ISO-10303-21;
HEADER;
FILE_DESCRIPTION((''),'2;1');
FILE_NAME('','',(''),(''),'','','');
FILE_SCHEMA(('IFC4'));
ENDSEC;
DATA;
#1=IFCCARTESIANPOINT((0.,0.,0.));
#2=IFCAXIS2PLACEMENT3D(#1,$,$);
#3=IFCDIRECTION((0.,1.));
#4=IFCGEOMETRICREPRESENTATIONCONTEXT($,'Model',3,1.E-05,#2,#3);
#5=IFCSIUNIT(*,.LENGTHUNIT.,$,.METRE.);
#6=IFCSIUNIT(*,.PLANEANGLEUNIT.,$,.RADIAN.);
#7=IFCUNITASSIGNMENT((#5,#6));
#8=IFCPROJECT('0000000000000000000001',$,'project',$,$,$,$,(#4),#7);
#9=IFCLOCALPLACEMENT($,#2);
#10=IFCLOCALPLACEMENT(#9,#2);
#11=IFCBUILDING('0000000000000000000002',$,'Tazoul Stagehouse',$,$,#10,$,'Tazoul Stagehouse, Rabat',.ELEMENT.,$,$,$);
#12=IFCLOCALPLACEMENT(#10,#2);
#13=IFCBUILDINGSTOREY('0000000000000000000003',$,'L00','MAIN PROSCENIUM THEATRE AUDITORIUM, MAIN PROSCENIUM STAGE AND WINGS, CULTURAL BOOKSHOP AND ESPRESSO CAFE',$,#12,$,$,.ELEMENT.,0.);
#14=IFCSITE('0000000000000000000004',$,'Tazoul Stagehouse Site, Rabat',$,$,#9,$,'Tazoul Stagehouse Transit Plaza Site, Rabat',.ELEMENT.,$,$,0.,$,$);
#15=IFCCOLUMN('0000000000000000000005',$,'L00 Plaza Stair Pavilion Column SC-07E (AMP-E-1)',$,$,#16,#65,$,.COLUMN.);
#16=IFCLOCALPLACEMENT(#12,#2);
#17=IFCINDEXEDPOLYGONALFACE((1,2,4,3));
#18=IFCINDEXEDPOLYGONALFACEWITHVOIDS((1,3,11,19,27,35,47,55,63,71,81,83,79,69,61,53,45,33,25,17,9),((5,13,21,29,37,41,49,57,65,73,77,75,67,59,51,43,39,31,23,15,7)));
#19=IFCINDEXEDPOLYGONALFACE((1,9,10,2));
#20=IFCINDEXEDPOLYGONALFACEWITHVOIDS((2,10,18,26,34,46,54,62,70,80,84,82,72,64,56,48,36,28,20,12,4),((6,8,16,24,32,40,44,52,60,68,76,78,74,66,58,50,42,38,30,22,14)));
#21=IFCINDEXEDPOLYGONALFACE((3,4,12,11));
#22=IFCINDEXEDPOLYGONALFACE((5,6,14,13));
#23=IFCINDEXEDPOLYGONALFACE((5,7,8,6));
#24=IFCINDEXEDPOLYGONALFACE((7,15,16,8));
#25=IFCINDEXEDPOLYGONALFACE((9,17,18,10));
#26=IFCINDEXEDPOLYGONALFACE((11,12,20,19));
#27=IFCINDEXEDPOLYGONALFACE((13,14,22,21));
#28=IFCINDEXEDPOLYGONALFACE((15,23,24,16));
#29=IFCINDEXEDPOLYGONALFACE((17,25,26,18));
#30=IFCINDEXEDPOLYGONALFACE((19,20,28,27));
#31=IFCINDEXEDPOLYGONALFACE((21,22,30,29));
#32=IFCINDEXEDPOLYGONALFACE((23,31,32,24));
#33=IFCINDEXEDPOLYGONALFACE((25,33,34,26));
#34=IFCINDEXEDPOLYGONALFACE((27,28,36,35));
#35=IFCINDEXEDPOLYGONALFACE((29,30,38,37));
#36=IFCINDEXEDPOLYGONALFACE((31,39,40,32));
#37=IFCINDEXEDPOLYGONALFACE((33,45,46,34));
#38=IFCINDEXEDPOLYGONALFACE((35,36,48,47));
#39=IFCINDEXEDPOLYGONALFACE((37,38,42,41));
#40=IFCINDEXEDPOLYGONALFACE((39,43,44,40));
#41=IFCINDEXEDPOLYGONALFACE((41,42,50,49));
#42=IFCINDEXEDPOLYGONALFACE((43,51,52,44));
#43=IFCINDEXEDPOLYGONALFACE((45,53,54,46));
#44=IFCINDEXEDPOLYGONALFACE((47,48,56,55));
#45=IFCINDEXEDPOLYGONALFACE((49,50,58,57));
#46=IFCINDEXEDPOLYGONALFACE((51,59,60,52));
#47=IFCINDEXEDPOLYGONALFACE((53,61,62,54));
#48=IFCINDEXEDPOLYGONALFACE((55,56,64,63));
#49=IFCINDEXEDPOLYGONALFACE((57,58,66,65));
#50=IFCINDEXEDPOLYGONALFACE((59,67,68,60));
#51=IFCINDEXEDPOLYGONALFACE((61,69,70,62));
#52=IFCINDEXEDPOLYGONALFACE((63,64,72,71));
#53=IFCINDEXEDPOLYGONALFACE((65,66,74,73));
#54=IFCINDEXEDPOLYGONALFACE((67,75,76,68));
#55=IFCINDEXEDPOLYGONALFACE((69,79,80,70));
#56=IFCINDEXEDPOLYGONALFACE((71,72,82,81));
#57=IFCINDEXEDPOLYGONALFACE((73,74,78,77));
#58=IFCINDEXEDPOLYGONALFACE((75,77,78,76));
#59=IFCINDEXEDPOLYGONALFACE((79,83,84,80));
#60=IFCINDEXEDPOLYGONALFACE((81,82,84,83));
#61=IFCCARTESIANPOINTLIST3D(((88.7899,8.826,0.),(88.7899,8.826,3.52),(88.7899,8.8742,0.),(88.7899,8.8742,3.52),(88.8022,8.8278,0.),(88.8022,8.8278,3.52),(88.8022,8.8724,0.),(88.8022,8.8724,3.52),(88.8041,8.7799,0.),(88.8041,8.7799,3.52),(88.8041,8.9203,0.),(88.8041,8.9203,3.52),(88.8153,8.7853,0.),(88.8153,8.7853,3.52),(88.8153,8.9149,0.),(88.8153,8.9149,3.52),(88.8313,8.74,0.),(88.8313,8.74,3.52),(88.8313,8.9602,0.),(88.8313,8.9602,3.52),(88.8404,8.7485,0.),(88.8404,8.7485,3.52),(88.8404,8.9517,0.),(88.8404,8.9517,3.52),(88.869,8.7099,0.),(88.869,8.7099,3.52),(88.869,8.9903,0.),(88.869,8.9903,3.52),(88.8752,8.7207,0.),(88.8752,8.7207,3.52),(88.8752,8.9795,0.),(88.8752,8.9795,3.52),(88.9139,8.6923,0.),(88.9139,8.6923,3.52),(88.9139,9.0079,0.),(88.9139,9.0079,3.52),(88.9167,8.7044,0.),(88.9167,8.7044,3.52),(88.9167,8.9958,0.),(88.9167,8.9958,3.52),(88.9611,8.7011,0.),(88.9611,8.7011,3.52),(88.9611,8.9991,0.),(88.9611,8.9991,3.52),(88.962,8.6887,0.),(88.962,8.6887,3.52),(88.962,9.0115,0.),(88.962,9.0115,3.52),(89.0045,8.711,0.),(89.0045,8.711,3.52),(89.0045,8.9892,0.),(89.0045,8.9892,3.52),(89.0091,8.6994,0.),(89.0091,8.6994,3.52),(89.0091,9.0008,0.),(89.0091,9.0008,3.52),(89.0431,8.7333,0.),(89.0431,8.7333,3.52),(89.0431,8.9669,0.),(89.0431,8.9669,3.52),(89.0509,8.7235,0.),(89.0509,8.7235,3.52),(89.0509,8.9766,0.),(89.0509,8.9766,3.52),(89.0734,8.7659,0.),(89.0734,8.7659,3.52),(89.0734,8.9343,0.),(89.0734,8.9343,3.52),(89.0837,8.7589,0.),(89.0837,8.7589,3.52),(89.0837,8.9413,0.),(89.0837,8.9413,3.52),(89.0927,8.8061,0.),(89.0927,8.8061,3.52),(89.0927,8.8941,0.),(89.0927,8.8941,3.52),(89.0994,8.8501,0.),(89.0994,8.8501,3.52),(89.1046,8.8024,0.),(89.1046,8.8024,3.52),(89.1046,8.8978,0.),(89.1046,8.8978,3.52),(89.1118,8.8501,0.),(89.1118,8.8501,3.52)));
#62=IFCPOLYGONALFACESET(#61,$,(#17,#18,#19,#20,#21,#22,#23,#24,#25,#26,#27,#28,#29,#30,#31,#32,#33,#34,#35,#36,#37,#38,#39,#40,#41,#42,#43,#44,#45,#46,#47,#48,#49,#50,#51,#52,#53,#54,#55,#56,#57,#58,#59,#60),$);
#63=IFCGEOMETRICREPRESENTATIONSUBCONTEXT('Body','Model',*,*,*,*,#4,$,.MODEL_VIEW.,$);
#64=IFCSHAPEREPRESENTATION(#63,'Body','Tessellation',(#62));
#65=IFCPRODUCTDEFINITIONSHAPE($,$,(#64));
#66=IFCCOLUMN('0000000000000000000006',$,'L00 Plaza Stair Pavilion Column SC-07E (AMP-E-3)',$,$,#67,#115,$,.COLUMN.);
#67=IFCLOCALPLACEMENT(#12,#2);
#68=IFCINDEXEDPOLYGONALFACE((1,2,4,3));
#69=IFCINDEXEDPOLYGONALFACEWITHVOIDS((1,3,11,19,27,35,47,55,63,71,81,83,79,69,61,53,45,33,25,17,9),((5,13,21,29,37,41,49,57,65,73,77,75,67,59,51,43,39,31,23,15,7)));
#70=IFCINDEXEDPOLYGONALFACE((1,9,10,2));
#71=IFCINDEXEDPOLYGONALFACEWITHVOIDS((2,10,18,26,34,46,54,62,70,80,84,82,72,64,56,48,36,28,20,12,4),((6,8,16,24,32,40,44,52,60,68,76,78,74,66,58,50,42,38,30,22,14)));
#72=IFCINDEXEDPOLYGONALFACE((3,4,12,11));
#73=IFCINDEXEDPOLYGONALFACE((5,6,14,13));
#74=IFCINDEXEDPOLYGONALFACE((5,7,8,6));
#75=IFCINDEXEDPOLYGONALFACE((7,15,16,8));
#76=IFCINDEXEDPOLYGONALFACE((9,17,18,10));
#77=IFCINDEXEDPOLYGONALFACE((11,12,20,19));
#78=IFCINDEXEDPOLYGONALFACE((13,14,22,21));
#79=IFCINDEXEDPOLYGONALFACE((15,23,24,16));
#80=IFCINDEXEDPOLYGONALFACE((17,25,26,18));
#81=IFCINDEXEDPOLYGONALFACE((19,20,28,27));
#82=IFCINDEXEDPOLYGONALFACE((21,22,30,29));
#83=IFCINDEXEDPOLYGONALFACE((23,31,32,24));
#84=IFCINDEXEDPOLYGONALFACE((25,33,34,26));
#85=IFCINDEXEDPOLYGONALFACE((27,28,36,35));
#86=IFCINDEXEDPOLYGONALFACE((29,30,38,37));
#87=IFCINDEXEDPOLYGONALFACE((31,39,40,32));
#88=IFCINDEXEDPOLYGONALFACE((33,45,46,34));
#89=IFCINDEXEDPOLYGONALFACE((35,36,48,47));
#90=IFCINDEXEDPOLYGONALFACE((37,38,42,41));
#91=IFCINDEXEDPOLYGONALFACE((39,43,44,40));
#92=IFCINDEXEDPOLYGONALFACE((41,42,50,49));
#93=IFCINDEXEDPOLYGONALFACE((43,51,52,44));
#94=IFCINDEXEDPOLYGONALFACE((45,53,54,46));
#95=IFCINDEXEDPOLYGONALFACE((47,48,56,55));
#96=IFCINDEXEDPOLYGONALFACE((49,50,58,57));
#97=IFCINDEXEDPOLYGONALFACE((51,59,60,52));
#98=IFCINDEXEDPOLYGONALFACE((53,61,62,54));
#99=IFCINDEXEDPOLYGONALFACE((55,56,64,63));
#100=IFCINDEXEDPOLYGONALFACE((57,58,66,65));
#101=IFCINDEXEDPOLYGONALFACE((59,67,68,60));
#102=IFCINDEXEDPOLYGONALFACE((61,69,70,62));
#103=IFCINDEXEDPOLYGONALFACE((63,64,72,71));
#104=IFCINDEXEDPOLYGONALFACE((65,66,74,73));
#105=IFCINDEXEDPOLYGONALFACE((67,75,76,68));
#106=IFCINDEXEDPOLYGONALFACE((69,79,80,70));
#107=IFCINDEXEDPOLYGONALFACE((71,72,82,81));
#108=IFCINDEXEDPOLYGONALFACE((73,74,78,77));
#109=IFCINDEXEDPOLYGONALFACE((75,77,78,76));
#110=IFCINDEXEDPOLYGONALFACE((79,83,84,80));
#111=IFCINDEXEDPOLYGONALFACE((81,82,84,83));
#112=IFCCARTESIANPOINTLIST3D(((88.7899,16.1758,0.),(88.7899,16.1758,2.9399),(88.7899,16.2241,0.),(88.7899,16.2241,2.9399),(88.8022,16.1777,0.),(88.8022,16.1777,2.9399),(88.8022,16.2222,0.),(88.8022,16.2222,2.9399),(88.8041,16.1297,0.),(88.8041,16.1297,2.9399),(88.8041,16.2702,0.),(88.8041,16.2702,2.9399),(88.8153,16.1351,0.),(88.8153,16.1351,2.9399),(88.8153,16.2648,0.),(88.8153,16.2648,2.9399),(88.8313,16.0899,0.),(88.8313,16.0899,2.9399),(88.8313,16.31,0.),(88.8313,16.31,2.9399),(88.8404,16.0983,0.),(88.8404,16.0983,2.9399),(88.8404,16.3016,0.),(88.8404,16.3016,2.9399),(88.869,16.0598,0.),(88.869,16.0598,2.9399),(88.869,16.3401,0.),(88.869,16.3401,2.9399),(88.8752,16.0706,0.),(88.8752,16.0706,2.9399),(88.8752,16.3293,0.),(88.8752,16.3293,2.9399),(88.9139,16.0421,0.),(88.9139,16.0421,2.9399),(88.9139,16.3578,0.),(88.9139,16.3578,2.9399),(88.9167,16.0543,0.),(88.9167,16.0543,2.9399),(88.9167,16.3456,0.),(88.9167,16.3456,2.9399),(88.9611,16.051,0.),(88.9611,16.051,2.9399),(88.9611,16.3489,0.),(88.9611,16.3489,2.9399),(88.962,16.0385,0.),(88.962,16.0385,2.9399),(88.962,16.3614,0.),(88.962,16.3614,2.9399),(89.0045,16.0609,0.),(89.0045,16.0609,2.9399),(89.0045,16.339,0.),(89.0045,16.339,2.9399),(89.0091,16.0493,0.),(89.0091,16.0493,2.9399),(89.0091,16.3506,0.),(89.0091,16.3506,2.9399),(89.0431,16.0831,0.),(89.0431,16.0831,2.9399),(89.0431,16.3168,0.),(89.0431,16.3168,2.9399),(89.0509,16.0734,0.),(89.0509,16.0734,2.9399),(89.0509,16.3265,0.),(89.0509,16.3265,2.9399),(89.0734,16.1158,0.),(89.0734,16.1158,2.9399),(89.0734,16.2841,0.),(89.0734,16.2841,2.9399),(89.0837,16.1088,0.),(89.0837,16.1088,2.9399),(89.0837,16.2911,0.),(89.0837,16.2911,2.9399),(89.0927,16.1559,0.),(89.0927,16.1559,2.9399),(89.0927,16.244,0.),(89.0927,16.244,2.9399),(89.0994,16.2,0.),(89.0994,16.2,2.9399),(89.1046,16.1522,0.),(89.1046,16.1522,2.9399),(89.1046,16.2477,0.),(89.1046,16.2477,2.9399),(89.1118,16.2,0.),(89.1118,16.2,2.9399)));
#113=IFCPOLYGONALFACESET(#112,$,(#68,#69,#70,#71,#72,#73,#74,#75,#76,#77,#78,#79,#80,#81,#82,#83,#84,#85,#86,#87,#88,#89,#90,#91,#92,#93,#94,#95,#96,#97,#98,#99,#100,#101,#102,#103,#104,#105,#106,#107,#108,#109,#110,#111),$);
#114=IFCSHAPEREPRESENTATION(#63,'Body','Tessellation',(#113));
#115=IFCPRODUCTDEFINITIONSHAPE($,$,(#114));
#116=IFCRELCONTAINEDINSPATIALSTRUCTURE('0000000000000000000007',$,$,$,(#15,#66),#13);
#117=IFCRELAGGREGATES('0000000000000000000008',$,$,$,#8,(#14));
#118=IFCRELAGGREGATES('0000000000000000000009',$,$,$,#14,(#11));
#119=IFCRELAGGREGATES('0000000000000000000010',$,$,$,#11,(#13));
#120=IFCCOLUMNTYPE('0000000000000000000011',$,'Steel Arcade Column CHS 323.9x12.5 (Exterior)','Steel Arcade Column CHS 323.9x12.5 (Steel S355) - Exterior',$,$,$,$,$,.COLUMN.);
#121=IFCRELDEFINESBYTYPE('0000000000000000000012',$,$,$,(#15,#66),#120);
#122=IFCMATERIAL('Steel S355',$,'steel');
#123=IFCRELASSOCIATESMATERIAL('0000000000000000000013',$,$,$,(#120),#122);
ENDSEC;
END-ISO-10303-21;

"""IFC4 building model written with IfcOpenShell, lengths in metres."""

from ifc_helpers import new_model, si_unit, direction, frame, origin, origin_2d, place, context, subcontext, project, spatial, hollow_circle, extrude, material, material_profile, profile_set, type_object, element, save


model = new_model("IFC4")

# Units and contexts
model_context = context("Model", 3, precision=1e-05, world=origin(), true_north=direction((0.0, 1.0)))
body_context = subcontext(model_context, "Body", "Model", "MODEL_VIEW")
ifc_project = project(units=[si_unit("LENGTHUNIT", "METRE"), si_unit("PLANEANGLEUNIT", "RADIAN")], contexts=[model_context])

# Site, building, storey
site_placement = place(None, origin())
site = spatial("IfcSite", under=ifc_project, at=site_placement, Name="Tazoul Stagehouse Site, Rabat", LongName="Tazoul Stagehouse Transit Plaza Site, Rabat", CompositionType="ELEMENT", RefElevation=0.0)
building_placement = place(site_placement, origin())
building = spatial("IfcBuilding", under=site, at=building_placement, Name="Tazoul Stagehouse", LongName="Tazoul Stagehouse, Rabat", CompositionType="ELEMENT")
storey_placement = place(building_placement, origin())
storey = spatial("IfcBuildingStorey", under=building, at=storey_placement, Name="L00", Description="MAIN PROSCENIUM THEATRE AUDITORIUM, MAIN PROSCENIUM STAGE AND WINGS, CULTURAL BOOKSHOP AND ESPRESSO CAFE", CompositionType="ELEMENT", Elevation=0.0)

# Columns
ifc_material_1 = material(Name="Steel S355", Category="steel")
ifc_material_profile_1 = material_profile(ifc_material_1, hollow_circle(Radius=0.1619, WallThickness=0.0125, at=origin_2d()), Name="CHS 323.9x12.5")
ifc_profile_set_1 = profile_set([ifc_material_profile_1], Name="Steel S355")
column_type = type_object("IfcColumnType", Name="Steel Arcade Column CHS 323.9x12.5 (Exterior)", Description="Steel Arcade Column CHS 323.9x12.5 (Steel S355) - Exterior", PredefinedType="COLUMN", material=ifc_profile_set_1)
column_1_placement = place(storey_placement, frame((88.95, 8.8501, 0.0), z_axis=(0.0, 0.0, 1.0), x_axis=(1.0, 0.0, 0.0)))
element("IfcColumn", 1, at=column_1_placement, inside=storey, type_object=column_type, Name="L00 Plaza Stair Pavilion Column SC-07E (AMP-E-1)", PredefinedType="COLUMN", context=body_context, shape_type="SweptSolid", body=[
    extrude(hollow_circle(Radius=0.1619, WallThickness=0.0125, at=origin_2d()), origin(), (0.0, 0.0, 1.0), 3.52),
])
column_2_placement = place(storey_placement, frame((88.95, 16.2, 0.0), z_axis=(0.0, 0.0, 1.0), x_axis=(1.0, 0.0, 0.0)))
element("IfcColumn", 2, at=column_2_placement, inside=storey, type_object=column_type, Name="L00 Plaza Stair Pavilion Column SC-07E (AMP-E-3)", PredefinedType="COLUMN", context=body_context, shape_type="SweptSolid", body=[
    extrude(hollow_circle(Radius=0.1619, WallThickness=0.0125, at=origin_2d()), origin(), (0.0, 0.0, 1.0), 2.9399),
])

save(model, "model.ifc")
